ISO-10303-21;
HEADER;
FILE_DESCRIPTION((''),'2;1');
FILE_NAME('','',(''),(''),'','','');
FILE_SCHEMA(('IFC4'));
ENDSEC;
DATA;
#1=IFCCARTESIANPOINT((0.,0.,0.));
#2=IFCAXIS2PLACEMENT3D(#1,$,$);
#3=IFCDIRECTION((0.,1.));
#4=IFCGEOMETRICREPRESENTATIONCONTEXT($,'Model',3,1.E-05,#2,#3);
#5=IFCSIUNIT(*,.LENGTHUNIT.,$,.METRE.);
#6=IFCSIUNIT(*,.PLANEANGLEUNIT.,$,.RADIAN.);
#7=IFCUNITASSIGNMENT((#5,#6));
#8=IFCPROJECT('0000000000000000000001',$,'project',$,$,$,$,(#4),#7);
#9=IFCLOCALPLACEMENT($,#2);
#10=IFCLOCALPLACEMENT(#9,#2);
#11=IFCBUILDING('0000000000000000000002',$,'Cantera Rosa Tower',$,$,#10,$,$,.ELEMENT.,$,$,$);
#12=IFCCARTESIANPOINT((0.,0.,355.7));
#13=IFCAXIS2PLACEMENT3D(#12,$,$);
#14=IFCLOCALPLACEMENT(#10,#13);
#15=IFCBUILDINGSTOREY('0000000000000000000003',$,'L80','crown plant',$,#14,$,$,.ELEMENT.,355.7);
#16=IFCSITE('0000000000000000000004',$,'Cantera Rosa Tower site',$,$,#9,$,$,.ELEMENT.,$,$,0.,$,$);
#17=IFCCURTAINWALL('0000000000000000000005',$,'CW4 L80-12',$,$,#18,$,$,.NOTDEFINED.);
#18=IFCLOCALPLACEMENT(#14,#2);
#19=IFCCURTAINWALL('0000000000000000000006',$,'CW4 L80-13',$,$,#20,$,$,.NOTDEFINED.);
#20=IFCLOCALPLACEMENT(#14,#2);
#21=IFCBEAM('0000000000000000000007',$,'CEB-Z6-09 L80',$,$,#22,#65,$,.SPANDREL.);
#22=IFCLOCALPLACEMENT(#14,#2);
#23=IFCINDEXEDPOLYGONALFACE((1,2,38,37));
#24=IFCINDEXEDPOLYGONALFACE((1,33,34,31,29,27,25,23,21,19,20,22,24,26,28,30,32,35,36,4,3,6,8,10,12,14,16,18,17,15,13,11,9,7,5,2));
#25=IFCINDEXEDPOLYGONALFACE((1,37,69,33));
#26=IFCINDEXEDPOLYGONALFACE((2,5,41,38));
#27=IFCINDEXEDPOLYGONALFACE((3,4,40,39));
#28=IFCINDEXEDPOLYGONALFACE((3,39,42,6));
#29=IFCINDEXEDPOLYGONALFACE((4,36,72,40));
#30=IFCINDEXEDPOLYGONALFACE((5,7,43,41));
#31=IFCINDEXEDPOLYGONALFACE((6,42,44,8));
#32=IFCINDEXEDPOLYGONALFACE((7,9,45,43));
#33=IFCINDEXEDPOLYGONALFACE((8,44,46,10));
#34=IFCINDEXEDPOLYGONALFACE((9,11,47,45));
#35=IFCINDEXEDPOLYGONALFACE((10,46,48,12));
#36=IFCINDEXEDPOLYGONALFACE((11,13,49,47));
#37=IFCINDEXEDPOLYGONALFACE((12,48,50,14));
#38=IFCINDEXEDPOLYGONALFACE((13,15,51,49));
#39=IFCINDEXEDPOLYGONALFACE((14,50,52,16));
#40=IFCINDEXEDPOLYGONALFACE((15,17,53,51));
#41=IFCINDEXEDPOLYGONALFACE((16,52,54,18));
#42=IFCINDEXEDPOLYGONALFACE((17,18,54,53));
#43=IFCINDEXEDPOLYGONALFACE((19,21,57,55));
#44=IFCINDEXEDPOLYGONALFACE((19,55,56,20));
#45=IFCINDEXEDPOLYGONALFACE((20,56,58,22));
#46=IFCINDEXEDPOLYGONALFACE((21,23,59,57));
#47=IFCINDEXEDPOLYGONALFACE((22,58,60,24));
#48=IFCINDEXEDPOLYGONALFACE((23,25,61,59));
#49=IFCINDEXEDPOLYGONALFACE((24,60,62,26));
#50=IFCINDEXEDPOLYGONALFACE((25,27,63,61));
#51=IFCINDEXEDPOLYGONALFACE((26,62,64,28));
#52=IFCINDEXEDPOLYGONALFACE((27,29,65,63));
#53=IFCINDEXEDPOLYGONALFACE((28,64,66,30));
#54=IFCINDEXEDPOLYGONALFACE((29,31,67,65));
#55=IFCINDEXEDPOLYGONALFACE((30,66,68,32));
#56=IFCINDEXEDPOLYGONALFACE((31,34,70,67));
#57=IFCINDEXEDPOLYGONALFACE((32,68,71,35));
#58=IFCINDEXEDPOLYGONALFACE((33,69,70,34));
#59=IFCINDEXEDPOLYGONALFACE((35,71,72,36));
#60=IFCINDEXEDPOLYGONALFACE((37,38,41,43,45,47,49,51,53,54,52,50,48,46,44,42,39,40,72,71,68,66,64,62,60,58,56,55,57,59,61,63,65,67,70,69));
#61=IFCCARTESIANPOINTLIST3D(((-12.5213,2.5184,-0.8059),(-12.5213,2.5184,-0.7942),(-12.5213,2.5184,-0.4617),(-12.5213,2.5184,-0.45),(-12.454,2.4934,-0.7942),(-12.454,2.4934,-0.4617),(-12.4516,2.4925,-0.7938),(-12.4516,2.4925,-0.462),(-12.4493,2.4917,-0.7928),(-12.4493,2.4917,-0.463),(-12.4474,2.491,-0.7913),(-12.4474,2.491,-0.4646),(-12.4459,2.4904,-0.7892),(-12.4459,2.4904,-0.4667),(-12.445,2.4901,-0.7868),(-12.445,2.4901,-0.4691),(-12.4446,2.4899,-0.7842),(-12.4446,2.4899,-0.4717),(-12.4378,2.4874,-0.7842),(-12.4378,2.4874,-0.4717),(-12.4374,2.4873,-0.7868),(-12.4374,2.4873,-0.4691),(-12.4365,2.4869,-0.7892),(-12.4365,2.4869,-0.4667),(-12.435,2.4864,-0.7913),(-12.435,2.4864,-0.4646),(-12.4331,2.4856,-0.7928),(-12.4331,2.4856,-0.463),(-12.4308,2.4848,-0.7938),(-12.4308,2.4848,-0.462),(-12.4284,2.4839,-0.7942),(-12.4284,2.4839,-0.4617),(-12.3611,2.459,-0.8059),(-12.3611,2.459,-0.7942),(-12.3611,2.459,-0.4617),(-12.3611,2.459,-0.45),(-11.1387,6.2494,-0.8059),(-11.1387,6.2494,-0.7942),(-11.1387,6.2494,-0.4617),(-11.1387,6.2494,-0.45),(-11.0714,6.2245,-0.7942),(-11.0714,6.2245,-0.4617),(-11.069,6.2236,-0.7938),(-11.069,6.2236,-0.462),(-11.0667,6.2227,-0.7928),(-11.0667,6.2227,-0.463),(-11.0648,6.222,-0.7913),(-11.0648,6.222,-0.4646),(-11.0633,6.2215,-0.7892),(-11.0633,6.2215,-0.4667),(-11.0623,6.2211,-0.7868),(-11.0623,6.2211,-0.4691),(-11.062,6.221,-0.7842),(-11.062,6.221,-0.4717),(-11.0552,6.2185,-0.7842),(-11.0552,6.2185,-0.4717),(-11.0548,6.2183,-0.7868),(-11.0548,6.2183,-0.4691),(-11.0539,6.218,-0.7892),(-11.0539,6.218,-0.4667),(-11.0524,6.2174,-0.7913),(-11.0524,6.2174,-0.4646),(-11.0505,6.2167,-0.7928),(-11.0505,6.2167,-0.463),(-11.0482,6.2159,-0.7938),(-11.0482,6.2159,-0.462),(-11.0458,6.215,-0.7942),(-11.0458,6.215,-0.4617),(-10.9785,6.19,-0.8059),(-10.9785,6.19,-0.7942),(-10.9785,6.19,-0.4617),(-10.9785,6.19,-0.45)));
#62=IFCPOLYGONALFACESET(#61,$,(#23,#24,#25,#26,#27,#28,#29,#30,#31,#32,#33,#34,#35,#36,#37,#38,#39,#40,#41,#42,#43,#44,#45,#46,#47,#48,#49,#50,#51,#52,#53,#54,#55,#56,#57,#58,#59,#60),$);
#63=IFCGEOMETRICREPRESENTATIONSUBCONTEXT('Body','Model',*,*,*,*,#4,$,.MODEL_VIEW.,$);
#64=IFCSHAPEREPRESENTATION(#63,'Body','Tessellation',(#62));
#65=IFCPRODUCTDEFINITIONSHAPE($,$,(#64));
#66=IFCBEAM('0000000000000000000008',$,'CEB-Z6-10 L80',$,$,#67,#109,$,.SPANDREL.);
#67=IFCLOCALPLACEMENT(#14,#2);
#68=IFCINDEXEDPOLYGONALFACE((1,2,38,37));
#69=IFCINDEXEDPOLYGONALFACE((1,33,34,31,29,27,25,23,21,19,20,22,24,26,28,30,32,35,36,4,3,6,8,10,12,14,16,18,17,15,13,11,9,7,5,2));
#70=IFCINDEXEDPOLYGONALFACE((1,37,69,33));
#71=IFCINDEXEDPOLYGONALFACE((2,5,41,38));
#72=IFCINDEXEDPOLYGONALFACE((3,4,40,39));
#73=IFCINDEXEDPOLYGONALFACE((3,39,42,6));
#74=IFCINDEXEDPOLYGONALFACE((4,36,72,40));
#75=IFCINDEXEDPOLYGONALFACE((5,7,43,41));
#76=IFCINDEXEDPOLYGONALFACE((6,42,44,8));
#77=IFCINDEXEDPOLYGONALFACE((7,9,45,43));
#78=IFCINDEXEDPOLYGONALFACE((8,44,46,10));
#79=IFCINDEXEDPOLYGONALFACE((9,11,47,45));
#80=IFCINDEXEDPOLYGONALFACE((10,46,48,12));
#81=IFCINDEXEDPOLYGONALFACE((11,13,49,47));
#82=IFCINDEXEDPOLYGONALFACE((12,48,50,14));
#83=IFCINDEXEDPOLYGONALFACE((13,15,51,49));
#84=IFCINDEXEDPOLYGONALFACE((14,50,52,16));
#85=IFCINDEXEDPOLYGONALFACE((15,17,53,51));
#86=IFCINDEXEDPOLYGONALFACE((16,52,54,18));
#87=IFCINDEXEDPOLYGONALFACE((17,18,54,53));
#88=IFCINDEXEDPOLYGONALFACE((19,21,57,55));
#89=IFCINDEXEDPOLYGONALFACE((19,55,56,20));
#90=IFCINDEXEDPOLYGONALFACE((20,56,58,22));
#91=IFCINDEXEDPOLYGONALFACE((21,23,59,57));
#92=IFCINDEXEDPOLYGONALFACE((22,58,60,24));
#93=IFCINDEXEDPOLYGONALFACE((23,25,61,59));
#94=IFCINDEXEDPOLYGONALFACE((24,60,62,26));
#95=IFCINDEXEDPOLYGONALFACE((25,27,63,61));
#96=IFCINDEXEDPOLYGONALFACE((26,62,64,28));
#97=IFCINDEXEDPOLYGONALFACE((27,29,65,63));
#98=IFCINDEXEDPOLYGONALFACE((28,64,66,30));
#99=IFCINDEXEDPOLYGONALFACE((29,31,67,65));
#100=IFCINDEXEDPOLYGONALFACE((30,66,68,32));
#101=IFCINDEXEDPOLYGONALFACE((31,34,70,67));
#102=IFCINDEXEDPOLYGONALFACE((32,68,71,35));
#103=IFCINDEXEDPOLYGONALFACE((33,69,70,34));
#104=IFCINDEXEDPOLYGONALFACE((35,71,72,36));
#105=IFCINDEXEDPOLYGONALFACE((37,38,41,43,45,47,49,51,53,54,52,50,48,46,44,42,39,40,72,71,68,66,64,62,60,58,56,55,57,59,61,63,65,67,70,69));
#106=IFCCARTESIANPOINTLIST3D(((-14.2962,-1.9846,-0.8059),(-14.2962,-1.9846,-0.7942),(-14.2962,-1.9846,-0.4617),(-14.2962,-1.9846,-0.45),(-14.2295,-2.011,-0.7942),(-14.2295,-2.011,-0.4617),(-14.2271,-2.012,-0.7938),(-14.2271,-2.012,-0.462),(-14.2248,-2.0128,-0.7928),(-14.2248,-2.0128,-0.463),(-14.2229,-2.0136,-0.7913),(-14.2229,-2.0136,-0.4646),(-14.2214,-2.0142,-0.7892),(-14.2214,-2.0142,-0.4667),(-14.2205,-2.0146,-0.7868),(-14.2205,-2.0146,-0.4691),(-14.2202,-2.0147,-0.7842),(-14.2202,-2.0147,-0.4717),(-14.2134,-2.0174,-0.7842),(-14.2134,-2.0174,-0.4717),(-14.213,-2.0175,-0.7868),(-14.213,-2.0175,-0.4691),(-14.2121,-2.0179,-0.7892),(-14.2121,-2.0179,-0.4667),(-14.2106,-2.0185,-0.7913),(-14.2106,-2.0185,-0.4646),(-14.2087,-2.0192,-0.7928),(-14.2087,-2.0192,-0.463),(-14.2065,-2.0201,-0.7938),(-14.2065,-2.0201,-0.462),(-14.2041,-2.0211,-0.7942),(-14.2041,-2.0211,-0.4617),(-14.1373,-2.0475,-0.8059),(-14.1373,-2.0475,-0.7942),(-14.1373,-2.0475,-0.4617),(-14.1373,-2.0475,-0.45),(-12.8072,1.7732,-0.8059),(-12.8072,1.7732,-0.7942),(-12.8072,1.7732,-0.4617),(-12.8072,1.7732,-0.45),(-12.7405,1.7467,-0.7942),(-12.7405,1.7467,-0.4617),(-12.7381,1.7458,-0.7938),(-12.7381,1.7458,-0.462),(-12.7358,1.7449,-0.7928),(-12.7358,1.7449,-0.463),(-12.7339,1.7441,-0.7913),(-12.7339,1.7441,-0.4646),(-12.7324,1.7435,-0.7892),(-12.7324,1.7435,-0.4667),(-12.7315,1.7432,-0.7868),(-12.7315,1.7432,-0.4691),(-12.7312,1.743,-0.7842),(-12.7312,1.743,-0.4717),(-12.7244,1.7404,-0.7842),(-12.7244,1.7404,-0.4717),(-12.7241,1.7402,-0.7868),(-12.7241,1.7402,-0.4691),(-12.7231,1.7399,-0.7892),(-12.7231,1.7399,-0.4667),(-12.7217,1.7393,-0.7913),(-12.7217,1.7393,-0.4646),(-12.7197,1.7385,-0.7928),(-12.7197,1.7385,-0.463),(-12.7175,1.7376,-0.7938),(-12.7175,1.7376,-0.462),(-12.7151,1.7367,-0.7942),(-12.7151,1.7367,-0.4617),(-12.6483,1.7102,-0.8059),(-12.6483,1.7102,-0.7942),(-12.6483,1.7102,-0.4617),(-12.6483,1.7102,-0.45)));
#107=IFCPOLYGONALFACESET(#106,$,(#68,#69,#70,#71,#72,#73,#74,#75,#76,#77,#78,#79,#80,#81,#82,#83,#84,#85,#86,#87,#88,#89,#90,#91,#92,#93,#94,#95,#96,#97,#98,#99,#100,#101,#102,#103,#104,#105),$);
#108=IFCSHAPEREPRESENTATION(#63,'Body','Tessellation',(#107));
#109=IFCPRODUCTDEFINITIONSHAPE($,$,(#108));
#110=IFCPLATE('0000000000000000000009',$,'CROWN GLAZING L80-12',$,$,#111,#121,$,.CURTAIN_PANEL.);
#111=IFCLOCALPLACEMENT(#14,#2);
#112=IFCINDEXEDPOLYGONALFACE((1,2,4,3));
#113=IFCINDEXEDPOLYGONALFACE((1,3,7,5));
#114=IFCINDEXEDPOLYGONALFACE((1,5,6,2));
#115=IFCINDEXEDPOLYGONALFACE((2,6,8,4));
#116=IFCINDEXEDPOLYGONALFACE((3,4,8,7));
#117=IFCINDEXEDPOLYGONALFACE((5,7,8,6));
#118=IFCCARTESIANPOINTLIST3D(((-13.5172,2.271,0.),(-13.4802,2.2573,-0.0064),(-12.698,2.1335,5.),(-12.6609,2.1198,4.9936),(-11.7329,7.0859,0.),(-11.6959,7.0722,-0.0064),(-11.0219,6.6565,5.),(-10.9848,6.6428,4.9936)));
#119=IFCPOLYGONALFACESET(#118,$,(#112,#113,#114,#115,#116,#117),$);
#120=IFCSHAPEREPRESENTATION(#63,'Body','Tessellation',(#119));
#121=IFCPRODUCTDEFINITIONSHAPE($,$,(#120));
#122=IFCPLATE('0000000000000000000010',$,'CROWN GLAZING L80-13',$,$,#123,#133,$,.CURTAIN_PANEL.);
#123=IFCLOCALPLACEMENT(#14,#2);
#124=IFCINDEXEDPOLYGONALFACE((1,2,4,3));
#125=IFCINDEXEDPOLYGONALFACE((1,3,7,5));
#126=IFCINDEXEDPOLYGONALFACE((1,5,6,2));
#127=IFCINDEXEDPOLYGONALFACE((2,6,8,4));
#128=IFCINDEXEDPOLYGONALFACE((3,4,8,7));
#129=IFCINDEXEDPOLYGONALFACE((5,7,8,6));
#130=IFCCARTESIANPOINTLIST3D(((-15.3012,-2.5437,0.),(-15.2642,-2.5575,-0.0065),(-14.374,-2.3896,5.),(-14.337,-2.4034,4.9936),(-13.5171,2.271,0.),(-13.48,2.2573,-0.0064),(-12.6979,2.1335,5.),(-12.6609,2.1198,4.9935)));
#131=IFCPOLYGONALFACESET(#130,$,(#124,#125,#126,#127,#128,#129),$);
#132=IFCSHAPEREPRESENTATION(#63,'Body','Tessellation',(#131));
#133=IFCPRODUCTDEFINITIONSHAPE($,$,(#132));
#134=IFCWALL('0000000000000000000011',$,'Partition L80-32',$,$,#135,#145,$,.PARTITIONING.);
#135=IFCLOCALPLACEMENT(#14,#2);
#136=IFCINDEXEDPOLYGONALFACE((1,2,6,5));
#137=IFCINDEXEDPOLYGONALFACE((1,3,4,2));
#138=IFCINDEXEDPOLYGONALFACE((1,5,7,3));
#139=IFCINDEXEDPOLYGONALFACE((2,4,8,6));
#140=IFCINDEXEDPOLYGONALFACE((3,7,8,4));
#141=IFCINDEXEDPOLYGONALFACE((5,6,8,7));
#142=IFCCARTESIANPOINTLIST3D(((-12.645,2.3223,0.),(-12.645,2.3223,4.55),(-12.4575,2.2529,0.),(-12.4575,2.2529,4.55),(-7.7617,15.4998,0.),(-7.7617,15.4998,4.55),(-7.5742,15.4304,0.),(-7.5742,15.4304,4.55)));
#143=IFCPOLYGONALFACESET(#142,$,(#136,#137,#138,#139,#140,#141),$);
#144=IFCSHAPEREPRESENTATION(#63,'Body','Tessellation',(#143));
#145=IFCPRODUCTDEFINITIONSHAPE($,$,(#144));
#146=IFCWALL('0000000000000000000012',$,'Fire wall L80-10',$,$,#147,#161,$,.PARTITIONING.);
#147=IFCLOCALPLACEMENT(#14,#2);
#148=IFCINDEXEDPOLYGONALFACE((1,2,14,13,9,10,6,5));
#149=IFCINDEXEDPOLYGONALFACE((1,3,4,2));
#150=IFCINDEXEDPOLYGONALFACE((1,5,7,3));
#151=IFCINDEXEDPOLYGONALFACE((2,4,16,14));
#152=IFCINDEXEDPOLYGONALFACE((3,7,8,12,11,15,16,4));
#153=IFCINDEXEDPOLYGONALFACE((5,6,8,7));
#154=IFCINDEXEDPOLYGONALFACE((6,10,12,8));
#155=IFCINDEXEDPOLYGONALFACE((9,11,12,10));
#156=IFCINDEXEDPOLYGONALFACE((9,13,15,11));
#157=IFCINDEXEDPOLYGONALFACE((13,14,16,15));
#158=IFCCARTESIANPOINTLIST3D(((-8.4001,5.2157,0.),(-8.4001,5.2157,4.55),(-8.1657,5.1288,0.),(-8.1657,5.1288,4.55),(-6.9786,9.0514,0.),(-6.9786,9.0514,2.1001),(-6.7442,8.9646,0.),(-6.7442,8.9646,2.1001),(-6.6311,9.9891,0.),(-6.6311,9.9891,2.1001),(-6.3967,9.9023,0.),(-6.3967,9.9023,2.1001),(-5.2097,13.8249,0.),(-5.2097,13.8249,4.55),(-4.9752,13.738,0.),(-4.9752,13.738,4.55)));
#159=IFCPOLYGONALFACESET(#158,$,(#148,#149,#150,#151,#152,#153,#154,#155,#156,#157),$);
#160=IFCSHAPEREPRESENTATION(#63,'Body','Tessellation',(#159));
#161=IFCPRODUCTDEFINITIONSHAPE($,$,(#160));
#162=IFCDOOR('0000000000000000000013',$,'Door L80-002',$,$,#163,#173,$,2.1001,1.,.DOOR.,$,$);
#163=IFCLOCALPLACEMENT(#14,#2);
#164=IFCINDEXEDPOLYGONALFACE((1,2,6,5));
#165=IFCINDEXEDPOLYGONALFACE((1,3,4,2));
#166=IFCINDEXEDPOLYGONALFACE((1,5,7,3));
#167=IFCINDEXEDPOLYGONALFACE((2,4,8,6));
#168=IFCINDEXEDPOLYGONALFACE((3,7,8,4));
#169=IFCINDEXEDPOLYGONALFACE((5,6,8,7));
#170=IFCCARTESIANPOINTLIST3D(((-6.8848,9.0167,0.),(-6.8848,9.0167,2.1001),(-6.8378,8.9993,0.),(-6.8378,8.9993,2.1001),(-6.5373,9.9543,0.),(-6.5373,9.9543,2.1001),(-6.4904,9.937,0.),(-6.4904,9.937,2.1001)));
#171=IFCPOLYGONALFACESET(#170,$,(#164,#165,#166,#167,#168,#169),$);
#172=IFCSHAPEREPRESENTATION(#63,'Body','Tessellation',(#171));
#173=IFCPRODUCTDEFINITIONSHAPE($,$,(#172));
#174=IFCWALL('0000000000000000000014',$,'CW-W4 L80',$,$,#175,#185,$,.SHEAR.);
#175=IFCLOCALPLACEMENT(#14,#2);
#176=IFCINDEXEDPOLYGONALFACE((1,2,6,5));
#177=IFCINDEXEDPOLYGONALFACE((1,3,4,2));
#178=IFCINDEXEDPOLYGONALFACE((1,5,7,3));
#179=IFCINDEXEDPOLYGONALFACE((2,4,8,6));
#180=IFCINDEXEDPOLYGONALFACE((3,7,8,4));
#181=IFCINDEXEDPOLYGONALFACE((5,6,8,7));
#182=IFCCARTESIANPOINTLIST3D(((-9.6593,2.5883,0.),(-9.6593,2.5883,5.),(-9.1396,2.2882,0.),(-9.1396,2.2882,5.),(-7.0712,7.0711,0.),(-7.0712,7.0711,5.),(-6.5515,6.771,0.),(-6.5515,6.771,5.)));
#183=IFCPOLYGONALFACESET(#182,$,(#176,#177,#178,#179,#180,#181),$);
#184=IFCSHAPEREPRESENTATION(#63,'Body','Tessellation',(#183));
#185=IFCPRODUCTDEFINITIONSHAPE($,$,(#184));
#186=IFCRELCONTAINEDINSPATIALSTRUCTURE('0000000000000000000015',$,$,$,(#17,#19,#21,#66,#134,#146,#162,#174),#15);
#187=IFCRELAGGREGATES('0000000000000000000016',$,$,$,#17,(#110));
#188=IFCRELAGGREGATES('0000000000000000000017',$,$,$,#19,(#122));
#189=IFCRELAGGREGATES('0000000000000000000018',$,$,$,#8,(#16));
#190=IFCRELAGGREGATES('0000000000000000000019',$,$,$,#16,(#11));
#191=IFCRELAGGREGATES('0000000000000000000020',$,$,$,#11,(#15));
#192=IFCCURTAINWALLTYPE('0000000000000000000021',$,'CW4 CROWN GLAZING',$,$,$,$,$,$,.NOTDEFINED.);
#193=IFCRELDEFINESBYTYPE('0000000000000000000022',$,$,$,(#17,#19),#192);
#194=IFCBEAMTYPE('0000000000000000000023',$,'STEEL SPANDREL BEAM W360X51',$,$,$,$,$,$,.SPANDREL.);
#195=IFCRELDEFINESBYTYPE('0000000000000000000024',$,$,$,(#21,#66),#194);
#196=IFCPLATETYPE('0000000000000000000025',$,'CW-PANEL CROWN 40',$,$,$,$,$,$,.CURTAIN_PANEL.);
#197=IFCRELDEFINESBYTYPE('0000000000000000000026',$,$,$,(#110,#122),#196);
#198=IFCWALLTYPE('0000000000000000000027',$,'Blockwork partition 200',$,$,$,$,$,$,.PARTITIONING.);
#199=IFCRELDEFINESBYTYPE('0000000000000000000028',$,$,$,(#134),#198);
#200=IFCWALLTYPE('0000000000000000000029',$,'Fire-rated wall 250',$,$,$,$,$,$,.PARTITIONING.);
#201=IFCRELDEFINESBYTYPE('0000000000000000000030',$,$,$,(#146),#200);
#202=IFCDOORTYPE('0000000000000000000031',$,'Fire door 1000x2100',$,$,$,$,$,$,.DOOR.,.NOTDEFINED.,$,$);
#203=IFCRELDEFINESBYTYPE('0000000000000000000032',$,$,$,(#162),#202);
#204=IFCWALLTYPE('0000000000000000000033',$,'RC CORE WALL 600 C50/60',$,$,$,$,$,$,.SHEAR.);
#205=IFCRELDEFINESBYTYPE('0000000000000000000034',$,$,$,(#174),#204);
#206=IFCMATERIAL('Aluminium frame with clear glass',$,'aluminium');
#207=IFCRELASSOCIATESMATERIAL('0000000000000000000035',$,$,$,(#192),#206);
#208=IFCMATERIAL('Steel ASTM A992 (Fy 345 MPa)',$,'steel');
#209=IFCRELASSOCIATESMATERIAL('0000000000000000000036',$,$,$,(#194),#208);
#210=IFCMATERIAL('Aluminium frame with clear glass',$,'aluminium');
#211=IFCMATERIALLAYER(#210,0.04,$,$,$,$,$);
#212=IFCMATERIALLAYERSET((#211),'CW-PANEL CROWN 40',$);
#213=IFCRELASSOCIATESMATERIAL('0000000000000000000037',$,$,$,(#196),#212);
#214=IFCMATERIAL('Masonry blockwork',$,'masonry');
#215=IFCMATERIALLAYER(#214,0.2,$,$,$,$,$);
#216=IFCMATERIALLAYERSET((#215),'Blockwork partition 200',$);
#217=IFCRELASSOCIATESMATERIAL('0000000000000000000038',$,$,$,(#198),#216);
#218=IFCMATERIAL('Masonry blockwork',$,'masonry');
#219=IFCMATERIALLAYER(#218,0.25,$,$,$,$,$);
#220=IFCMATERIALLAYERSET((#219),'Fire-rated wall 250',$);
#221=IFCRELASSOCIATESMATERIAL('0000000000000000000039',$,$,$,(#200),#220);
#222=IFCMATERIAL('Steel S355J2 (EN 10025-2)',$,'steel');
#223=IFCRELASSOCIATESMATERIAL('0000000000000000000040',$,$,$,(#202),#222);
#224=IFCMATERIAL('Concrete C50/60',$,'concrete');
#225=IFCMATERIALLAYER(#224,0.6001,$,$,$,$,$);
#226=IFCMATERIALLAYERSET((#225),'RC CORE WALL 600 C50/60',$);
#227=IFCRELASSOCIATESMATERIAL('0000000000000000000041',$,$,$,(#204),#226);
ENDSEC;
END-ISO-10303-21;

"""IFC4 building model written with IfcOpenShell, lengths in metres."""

from ifc_helpers import new_model, si_unit, direction, frame, frame_2d, origin, origin_2d, place, context, subcontext, project, spatial, polyline, rectangle, i_section, outline, extrude, material, layer, layer_set, material_profile, profile_set, type_object, element, fill, aggregate, save


model = new_model("IFC4")

# Units and contexts
model_context = context("Model", 3, precision=1e-05, world=origin(), true_north=direction((0.0, 1.0)))
body_context = subcontext(model_context, "Body", "Model", "MODEL_VIEW")
ifc_project = project(units=[si_unit("LENGTHUNIT", "METRE"), si_unit("PLANEANGLEUNIT", "RADIAN")], contexts=[model_context])

# Site, building, storey
site_placement = place(None, origin())
site = spatial("IfcSite", under=ifc_project, at=site_placement, Name="Cantera Rosa Tower site", CompositionType="ELEMENT", RefElevation=0.0)
building_placement = place(site_placement, origin())
building = spatial("IfcBuilding", under=site, at=building_placement, Name="Cantera Rosa Tower", CompositionType="ELEMENT")
storey_placement = place(building_placement, frame((0.0, 0.0, 355.7)))
storey = spatial("IfcBuildingStorey", under=building, at=storey_placement, Name="L80", Description="crown plant", CompositionType="ELEMENT", Elevation=355.7)

# Curtain walls
ifc_material_1 = material(Name="Aluminium frame with clear glass", Category="aluminium")
curtain_wall_type = type_object("IfcCurtainWallType", Name="CW4 CROWN GLAZING", PredefinedType="NOTDEFINED", material=ifc_material_1)
curtain_wall_1_placement = place(storey_placement, origin())
curtain_wall_1 = element("IfcCurtainWall", 1, at=curtain_wall_1_placement, inside=storey, type_object=curtain_wall_type, Name="CW4 L80-12", PredefinedType="NOTDEFINED")
curtain_wall_2_placement = place(storey_placement, origin())
curtain_wall_2 = element("IfcCurtainWall", 2, at=curtain_wall_2_placement, inside=storey, type_object=curtain_wall_type, Name="CW4 L80-13", PredefinedType="NOTDEFINED")

# Beams
ifc_material_2 = material(Name="Steel ASTM A992 (Fy 345 MPa)", Category="steel")
ifc_material_profile_1 = material_profile(ifc_material_2, i_section(OverallWidth=0.1709, OverallDepth=0.356, WebThickness=0.0073, FlangeThickness=0.0117, FilletRadius=0.01, at=origin_2d()), Name="W360X51")
ifc_profile_set_1 = profile_set([ifc_material_profile_1], Name="Steel ASTM A992 (Fy 345 MPa)")
beam_type_1 = type_object("IfcBeamType", Name="STEEL SPANDREL BEAM W360X51", PredefinedType="SPANDREL", material=ifc_profile_set_1)
beam_1_placement = place(storey_placement, frame((-11.0586, 6.2197, -0.6279), z_axis=(-0.347476, -0.937689, 0.0), x_axis=(0.937689, -0.347476, 0.0)))
element("IfcBeam", 3, at=beam_1_placement, inside=storey, type_object=beam_type_1, Name="CEB-Z6-09 L80", PredefinedType="SPANDREL", context=body_context, shape_type="SweptSolid", body=[
    extrude(i_section(OverallWidth=0.1709, OverallDepth=0.356, WebThickness=0.0073, FlangeThickness=0.0117, FilletRadius=0.01, at=origin_2d()), origin(), (0.0, 0.0, 1.0), 3.979),
])
beam_2_placement = place(storey_placement, frame((-12.7278, 1.7417, -0.6279), z_axis=(-0.368379, -0.929676, 0.0), x_axis=(0.929676, -0.368379, 0.0)))
element("IfcBeam", 4, at=beam_2_placement, inside=storey, type_object=beam_type_1, Name="CEB-Z6-10 L80", PredefinedType="SPANDREL", context=body_context, shape_type="SweptSolid", body=[
    extrude(i_section(OverallWidth=0.1709, OverallDepth=0.356, WebThickness=0.0073, FlangeThickness=0.0117, FilletRadius=0.01, at=origin_2d()), origin(), (0.0, 0.0, 1.0), 4.042),
])

# Plates
ifc_material_3 = material(Name="Aluminium frame with clear glass", Category="aluminium")
ifc_layer_1 = layer(ifc_material_3, 0.04)
ifc_layer_set_1 = layer_set([ifc_layer_1], Name="CW-PANEL CROWN 40")
plate_type = type_object("IfcPlateType", Name="CW-PANEL CROWN 40", PredefinedType="CURTAIN_PANEL", material=ifc_layer_set_1)
plate_1_placement = place(storey_placement, frame((-11.7329, 7.0859, 0.0), z_axis=(-0.925442, 0.342952, 0.16106), x_axis=(-0.347488, -0.937685, 0.000004)))
plate_1 = element("IfcPlate", 5, at=plate_1_placement, type_object=plate_type, Name="CROWN GLAZING L80-12", PredefinedType="CURTAIN_PANEL", context=body_context, shape_type="SweptSolid", body=[
    extrude(outline(polyline([(0.0, 0.0), (5.1349, 0.0), (4.9792, 5.0661), (0.1556, 5.0662), (0.0, 0.0)])), origin(), (0.0, 0.0, -1.0), 0.04),
])
plate_2_placement = place(storey_placement, frame((-13.5171, 2.271, 0.0), z_axis=(-0.925452, 0.342931, 0.161046), x_axis=(-0.347467, -0.937692, -0.000002)))
plate_2 = element("IfcPlate", 6, at=plate_2_placement, type_object=plate_type, Name="CROWN GLAZING L80-13", PredefinedType="CURTAIN_PANEL", context=body_context, shape_type="SweptSolid", body=[
    extrude(outline(polyline([(0.0, 0.0), (5.1346, 0.0), (4.668, 5.0661), (-0.1557, 5.0661), (0.0, 0.0)])), origin(), (0.0, 0.0, -1.0), 0.04),
])

# Wall
ifc_material_4 = material(Name="Masonry blockwork", Category="masonry")
ifc_layer_2 = layer(ifc_material_4, 0.2)
ifc_layer_set_2 = layer_set([ifc_layer_2], Name="Blockwork partition 200")
wall_type_1 = type_object("IfcWallType", Name="Blockwork partition 200", PredefinedType="PARTITIONING", material=ifc_layer_set_2)
wall_1_placement = place(storey_placement, frame((-12.5513, 2.2876, 0.0), z_axis=(0.0, 0.0, 1.0), x_axis=(0.347486, 0.937685, 0.0)))
element("IfcWall", 7, at=wall_1_placement, inside=storey, type_object=wall_type_1, Name="Partition L80-32", PredefinedType="PARTITIONING", context=body_context, shape_type="SweptSolid", body=[
    extrude(rectangle(XDim=14.0532, YDim=0.2, at=frame_2d((7.0266, 0.0))), origin(), (0.0, 0.0, 1.0), 4.55),
])

# Wall, opening, door
ifc_material_5 = material(Name="Masonry blockwork", Category="masonry")
ifc_layer_3 = layer(ifc_material_5, 0.25)
ifc_layer_set_3 = layer_set([ifc_layer_3], Name="Fire-rated wall 250")
wall_type_2 = type_object("IfcWallType", Name="Fire-rated wall 250", PredefinedType="PARTITIONING", material=ifc_layer_set_3)
wall_2_placement = place(storey_placement, frame((-8.283, 5.1721, 0.0), z_axis=(0.0, 0.0, 1.0), x_axis=(0.347493, 0.937683, 0.0)))
wall_2 = element("IfcWall", 8, at=wall_2_placement, inside=storey, type_object=wall_type_2, Name="Fire wall L80-10", PredefinedType="PARTITIONING", context=body_context, shape_type="SweptSolid", body=[
    extrude(rectangle(XDim=9.1814, YDim=0.25, at=frame_2d((4.5908, 0.0))), origin(), (0.0, 0.0, 1.0), 4.55),
])
opening_placement = place(wall_2_placement, frame((4.0908, 0.0, 0.0)))
opening = element("IfcOpeningElement", 9, at=opening_placement, cuts=wall_2, PredefinedType="OPENING", context=body_context, shape_type="SweptSolid", body=[
    extrude(rectangle(XDim=1.0, YDim=2.1001, at=frame_2d((0.5, 1.05))), frame((0.0, 0.135, 0.0), z_axis=(0.0, -1.0, 0.0), x_axis=(1.0, 0.0, 0.0)), (0.0, 0.0, 1.0), 0.27),
])
ifc_material_6 = material(Name="Steel S355J2 (EN 10025-2)", Category="steel")
door_type = type_object("IfcDoorType", Name="Fire door 1000x2100", OperationType="NOTDEFINED", PredefinedType="DOOR", material=ifc_material_6)
door_placement = place(opening_placement, origin())
door = element("IfcDoor", 10, at=door_placement, inside=storey, type_object=door_type, Name="Door L80-002", OverallHeight=2.1001, OverallWidth=1.0, PredefinedType="DOOR", context=body_context, shape_type="SweptSolid", body=[
    extrude(rectangle(XDim=1.0, YDim=2.1001, at=frame_2d((0.5, 1.05))), frame((0.0, 0.0249, 0.0), z_axis=(0.0, -1.0, 0.0), x_axis=(1.0, 0.0, 0.0)), (0.0, 0.0, 1.0), 0.05),
])
fill(opening, door)

# Wall
ifc_material_7 = material(Name="Concrete C50/60", Category="concrete")
ifc_layer_4 = layer(ifc_material_7, 0.6001)
ifc_layer_set_4 = layer_set([ifc_layer_4], Name="RC CORE WALL 600 C50/60")
wall_type_3 = type_object("IfcWallType", Name="RC CORE WALL 600 C50/60", PredefinedType="SHEAR", material=ifc_layer_set_4)
wall_3_placement = place(storey_placement, frame((-9.3994, 2.4382, 0.0), z_axis=(0.0, 0.0, 1.0), x_axis=(0.499989, 0.866032, 0.0)))
element("IfcWall", 11, at=wall_3_placement, inside=storey, type_object=wall_type_3, Name="CW-W4 L80", PredefinedType="SHEAR", context=body_context, shape_type="SweptSolid", body=[
    extrude(rectangle(XDim=5.1763, YDim=0.6001, at=frame_2d((2.5881, 0.0))), origin(), (0.0, 0.0, 1.0), 5.0),
])

aggregate(curtain_wall_1, [plate_1])
aggregate(curtain_wall_2, [plate_2])

save(model, "model.ifc")
